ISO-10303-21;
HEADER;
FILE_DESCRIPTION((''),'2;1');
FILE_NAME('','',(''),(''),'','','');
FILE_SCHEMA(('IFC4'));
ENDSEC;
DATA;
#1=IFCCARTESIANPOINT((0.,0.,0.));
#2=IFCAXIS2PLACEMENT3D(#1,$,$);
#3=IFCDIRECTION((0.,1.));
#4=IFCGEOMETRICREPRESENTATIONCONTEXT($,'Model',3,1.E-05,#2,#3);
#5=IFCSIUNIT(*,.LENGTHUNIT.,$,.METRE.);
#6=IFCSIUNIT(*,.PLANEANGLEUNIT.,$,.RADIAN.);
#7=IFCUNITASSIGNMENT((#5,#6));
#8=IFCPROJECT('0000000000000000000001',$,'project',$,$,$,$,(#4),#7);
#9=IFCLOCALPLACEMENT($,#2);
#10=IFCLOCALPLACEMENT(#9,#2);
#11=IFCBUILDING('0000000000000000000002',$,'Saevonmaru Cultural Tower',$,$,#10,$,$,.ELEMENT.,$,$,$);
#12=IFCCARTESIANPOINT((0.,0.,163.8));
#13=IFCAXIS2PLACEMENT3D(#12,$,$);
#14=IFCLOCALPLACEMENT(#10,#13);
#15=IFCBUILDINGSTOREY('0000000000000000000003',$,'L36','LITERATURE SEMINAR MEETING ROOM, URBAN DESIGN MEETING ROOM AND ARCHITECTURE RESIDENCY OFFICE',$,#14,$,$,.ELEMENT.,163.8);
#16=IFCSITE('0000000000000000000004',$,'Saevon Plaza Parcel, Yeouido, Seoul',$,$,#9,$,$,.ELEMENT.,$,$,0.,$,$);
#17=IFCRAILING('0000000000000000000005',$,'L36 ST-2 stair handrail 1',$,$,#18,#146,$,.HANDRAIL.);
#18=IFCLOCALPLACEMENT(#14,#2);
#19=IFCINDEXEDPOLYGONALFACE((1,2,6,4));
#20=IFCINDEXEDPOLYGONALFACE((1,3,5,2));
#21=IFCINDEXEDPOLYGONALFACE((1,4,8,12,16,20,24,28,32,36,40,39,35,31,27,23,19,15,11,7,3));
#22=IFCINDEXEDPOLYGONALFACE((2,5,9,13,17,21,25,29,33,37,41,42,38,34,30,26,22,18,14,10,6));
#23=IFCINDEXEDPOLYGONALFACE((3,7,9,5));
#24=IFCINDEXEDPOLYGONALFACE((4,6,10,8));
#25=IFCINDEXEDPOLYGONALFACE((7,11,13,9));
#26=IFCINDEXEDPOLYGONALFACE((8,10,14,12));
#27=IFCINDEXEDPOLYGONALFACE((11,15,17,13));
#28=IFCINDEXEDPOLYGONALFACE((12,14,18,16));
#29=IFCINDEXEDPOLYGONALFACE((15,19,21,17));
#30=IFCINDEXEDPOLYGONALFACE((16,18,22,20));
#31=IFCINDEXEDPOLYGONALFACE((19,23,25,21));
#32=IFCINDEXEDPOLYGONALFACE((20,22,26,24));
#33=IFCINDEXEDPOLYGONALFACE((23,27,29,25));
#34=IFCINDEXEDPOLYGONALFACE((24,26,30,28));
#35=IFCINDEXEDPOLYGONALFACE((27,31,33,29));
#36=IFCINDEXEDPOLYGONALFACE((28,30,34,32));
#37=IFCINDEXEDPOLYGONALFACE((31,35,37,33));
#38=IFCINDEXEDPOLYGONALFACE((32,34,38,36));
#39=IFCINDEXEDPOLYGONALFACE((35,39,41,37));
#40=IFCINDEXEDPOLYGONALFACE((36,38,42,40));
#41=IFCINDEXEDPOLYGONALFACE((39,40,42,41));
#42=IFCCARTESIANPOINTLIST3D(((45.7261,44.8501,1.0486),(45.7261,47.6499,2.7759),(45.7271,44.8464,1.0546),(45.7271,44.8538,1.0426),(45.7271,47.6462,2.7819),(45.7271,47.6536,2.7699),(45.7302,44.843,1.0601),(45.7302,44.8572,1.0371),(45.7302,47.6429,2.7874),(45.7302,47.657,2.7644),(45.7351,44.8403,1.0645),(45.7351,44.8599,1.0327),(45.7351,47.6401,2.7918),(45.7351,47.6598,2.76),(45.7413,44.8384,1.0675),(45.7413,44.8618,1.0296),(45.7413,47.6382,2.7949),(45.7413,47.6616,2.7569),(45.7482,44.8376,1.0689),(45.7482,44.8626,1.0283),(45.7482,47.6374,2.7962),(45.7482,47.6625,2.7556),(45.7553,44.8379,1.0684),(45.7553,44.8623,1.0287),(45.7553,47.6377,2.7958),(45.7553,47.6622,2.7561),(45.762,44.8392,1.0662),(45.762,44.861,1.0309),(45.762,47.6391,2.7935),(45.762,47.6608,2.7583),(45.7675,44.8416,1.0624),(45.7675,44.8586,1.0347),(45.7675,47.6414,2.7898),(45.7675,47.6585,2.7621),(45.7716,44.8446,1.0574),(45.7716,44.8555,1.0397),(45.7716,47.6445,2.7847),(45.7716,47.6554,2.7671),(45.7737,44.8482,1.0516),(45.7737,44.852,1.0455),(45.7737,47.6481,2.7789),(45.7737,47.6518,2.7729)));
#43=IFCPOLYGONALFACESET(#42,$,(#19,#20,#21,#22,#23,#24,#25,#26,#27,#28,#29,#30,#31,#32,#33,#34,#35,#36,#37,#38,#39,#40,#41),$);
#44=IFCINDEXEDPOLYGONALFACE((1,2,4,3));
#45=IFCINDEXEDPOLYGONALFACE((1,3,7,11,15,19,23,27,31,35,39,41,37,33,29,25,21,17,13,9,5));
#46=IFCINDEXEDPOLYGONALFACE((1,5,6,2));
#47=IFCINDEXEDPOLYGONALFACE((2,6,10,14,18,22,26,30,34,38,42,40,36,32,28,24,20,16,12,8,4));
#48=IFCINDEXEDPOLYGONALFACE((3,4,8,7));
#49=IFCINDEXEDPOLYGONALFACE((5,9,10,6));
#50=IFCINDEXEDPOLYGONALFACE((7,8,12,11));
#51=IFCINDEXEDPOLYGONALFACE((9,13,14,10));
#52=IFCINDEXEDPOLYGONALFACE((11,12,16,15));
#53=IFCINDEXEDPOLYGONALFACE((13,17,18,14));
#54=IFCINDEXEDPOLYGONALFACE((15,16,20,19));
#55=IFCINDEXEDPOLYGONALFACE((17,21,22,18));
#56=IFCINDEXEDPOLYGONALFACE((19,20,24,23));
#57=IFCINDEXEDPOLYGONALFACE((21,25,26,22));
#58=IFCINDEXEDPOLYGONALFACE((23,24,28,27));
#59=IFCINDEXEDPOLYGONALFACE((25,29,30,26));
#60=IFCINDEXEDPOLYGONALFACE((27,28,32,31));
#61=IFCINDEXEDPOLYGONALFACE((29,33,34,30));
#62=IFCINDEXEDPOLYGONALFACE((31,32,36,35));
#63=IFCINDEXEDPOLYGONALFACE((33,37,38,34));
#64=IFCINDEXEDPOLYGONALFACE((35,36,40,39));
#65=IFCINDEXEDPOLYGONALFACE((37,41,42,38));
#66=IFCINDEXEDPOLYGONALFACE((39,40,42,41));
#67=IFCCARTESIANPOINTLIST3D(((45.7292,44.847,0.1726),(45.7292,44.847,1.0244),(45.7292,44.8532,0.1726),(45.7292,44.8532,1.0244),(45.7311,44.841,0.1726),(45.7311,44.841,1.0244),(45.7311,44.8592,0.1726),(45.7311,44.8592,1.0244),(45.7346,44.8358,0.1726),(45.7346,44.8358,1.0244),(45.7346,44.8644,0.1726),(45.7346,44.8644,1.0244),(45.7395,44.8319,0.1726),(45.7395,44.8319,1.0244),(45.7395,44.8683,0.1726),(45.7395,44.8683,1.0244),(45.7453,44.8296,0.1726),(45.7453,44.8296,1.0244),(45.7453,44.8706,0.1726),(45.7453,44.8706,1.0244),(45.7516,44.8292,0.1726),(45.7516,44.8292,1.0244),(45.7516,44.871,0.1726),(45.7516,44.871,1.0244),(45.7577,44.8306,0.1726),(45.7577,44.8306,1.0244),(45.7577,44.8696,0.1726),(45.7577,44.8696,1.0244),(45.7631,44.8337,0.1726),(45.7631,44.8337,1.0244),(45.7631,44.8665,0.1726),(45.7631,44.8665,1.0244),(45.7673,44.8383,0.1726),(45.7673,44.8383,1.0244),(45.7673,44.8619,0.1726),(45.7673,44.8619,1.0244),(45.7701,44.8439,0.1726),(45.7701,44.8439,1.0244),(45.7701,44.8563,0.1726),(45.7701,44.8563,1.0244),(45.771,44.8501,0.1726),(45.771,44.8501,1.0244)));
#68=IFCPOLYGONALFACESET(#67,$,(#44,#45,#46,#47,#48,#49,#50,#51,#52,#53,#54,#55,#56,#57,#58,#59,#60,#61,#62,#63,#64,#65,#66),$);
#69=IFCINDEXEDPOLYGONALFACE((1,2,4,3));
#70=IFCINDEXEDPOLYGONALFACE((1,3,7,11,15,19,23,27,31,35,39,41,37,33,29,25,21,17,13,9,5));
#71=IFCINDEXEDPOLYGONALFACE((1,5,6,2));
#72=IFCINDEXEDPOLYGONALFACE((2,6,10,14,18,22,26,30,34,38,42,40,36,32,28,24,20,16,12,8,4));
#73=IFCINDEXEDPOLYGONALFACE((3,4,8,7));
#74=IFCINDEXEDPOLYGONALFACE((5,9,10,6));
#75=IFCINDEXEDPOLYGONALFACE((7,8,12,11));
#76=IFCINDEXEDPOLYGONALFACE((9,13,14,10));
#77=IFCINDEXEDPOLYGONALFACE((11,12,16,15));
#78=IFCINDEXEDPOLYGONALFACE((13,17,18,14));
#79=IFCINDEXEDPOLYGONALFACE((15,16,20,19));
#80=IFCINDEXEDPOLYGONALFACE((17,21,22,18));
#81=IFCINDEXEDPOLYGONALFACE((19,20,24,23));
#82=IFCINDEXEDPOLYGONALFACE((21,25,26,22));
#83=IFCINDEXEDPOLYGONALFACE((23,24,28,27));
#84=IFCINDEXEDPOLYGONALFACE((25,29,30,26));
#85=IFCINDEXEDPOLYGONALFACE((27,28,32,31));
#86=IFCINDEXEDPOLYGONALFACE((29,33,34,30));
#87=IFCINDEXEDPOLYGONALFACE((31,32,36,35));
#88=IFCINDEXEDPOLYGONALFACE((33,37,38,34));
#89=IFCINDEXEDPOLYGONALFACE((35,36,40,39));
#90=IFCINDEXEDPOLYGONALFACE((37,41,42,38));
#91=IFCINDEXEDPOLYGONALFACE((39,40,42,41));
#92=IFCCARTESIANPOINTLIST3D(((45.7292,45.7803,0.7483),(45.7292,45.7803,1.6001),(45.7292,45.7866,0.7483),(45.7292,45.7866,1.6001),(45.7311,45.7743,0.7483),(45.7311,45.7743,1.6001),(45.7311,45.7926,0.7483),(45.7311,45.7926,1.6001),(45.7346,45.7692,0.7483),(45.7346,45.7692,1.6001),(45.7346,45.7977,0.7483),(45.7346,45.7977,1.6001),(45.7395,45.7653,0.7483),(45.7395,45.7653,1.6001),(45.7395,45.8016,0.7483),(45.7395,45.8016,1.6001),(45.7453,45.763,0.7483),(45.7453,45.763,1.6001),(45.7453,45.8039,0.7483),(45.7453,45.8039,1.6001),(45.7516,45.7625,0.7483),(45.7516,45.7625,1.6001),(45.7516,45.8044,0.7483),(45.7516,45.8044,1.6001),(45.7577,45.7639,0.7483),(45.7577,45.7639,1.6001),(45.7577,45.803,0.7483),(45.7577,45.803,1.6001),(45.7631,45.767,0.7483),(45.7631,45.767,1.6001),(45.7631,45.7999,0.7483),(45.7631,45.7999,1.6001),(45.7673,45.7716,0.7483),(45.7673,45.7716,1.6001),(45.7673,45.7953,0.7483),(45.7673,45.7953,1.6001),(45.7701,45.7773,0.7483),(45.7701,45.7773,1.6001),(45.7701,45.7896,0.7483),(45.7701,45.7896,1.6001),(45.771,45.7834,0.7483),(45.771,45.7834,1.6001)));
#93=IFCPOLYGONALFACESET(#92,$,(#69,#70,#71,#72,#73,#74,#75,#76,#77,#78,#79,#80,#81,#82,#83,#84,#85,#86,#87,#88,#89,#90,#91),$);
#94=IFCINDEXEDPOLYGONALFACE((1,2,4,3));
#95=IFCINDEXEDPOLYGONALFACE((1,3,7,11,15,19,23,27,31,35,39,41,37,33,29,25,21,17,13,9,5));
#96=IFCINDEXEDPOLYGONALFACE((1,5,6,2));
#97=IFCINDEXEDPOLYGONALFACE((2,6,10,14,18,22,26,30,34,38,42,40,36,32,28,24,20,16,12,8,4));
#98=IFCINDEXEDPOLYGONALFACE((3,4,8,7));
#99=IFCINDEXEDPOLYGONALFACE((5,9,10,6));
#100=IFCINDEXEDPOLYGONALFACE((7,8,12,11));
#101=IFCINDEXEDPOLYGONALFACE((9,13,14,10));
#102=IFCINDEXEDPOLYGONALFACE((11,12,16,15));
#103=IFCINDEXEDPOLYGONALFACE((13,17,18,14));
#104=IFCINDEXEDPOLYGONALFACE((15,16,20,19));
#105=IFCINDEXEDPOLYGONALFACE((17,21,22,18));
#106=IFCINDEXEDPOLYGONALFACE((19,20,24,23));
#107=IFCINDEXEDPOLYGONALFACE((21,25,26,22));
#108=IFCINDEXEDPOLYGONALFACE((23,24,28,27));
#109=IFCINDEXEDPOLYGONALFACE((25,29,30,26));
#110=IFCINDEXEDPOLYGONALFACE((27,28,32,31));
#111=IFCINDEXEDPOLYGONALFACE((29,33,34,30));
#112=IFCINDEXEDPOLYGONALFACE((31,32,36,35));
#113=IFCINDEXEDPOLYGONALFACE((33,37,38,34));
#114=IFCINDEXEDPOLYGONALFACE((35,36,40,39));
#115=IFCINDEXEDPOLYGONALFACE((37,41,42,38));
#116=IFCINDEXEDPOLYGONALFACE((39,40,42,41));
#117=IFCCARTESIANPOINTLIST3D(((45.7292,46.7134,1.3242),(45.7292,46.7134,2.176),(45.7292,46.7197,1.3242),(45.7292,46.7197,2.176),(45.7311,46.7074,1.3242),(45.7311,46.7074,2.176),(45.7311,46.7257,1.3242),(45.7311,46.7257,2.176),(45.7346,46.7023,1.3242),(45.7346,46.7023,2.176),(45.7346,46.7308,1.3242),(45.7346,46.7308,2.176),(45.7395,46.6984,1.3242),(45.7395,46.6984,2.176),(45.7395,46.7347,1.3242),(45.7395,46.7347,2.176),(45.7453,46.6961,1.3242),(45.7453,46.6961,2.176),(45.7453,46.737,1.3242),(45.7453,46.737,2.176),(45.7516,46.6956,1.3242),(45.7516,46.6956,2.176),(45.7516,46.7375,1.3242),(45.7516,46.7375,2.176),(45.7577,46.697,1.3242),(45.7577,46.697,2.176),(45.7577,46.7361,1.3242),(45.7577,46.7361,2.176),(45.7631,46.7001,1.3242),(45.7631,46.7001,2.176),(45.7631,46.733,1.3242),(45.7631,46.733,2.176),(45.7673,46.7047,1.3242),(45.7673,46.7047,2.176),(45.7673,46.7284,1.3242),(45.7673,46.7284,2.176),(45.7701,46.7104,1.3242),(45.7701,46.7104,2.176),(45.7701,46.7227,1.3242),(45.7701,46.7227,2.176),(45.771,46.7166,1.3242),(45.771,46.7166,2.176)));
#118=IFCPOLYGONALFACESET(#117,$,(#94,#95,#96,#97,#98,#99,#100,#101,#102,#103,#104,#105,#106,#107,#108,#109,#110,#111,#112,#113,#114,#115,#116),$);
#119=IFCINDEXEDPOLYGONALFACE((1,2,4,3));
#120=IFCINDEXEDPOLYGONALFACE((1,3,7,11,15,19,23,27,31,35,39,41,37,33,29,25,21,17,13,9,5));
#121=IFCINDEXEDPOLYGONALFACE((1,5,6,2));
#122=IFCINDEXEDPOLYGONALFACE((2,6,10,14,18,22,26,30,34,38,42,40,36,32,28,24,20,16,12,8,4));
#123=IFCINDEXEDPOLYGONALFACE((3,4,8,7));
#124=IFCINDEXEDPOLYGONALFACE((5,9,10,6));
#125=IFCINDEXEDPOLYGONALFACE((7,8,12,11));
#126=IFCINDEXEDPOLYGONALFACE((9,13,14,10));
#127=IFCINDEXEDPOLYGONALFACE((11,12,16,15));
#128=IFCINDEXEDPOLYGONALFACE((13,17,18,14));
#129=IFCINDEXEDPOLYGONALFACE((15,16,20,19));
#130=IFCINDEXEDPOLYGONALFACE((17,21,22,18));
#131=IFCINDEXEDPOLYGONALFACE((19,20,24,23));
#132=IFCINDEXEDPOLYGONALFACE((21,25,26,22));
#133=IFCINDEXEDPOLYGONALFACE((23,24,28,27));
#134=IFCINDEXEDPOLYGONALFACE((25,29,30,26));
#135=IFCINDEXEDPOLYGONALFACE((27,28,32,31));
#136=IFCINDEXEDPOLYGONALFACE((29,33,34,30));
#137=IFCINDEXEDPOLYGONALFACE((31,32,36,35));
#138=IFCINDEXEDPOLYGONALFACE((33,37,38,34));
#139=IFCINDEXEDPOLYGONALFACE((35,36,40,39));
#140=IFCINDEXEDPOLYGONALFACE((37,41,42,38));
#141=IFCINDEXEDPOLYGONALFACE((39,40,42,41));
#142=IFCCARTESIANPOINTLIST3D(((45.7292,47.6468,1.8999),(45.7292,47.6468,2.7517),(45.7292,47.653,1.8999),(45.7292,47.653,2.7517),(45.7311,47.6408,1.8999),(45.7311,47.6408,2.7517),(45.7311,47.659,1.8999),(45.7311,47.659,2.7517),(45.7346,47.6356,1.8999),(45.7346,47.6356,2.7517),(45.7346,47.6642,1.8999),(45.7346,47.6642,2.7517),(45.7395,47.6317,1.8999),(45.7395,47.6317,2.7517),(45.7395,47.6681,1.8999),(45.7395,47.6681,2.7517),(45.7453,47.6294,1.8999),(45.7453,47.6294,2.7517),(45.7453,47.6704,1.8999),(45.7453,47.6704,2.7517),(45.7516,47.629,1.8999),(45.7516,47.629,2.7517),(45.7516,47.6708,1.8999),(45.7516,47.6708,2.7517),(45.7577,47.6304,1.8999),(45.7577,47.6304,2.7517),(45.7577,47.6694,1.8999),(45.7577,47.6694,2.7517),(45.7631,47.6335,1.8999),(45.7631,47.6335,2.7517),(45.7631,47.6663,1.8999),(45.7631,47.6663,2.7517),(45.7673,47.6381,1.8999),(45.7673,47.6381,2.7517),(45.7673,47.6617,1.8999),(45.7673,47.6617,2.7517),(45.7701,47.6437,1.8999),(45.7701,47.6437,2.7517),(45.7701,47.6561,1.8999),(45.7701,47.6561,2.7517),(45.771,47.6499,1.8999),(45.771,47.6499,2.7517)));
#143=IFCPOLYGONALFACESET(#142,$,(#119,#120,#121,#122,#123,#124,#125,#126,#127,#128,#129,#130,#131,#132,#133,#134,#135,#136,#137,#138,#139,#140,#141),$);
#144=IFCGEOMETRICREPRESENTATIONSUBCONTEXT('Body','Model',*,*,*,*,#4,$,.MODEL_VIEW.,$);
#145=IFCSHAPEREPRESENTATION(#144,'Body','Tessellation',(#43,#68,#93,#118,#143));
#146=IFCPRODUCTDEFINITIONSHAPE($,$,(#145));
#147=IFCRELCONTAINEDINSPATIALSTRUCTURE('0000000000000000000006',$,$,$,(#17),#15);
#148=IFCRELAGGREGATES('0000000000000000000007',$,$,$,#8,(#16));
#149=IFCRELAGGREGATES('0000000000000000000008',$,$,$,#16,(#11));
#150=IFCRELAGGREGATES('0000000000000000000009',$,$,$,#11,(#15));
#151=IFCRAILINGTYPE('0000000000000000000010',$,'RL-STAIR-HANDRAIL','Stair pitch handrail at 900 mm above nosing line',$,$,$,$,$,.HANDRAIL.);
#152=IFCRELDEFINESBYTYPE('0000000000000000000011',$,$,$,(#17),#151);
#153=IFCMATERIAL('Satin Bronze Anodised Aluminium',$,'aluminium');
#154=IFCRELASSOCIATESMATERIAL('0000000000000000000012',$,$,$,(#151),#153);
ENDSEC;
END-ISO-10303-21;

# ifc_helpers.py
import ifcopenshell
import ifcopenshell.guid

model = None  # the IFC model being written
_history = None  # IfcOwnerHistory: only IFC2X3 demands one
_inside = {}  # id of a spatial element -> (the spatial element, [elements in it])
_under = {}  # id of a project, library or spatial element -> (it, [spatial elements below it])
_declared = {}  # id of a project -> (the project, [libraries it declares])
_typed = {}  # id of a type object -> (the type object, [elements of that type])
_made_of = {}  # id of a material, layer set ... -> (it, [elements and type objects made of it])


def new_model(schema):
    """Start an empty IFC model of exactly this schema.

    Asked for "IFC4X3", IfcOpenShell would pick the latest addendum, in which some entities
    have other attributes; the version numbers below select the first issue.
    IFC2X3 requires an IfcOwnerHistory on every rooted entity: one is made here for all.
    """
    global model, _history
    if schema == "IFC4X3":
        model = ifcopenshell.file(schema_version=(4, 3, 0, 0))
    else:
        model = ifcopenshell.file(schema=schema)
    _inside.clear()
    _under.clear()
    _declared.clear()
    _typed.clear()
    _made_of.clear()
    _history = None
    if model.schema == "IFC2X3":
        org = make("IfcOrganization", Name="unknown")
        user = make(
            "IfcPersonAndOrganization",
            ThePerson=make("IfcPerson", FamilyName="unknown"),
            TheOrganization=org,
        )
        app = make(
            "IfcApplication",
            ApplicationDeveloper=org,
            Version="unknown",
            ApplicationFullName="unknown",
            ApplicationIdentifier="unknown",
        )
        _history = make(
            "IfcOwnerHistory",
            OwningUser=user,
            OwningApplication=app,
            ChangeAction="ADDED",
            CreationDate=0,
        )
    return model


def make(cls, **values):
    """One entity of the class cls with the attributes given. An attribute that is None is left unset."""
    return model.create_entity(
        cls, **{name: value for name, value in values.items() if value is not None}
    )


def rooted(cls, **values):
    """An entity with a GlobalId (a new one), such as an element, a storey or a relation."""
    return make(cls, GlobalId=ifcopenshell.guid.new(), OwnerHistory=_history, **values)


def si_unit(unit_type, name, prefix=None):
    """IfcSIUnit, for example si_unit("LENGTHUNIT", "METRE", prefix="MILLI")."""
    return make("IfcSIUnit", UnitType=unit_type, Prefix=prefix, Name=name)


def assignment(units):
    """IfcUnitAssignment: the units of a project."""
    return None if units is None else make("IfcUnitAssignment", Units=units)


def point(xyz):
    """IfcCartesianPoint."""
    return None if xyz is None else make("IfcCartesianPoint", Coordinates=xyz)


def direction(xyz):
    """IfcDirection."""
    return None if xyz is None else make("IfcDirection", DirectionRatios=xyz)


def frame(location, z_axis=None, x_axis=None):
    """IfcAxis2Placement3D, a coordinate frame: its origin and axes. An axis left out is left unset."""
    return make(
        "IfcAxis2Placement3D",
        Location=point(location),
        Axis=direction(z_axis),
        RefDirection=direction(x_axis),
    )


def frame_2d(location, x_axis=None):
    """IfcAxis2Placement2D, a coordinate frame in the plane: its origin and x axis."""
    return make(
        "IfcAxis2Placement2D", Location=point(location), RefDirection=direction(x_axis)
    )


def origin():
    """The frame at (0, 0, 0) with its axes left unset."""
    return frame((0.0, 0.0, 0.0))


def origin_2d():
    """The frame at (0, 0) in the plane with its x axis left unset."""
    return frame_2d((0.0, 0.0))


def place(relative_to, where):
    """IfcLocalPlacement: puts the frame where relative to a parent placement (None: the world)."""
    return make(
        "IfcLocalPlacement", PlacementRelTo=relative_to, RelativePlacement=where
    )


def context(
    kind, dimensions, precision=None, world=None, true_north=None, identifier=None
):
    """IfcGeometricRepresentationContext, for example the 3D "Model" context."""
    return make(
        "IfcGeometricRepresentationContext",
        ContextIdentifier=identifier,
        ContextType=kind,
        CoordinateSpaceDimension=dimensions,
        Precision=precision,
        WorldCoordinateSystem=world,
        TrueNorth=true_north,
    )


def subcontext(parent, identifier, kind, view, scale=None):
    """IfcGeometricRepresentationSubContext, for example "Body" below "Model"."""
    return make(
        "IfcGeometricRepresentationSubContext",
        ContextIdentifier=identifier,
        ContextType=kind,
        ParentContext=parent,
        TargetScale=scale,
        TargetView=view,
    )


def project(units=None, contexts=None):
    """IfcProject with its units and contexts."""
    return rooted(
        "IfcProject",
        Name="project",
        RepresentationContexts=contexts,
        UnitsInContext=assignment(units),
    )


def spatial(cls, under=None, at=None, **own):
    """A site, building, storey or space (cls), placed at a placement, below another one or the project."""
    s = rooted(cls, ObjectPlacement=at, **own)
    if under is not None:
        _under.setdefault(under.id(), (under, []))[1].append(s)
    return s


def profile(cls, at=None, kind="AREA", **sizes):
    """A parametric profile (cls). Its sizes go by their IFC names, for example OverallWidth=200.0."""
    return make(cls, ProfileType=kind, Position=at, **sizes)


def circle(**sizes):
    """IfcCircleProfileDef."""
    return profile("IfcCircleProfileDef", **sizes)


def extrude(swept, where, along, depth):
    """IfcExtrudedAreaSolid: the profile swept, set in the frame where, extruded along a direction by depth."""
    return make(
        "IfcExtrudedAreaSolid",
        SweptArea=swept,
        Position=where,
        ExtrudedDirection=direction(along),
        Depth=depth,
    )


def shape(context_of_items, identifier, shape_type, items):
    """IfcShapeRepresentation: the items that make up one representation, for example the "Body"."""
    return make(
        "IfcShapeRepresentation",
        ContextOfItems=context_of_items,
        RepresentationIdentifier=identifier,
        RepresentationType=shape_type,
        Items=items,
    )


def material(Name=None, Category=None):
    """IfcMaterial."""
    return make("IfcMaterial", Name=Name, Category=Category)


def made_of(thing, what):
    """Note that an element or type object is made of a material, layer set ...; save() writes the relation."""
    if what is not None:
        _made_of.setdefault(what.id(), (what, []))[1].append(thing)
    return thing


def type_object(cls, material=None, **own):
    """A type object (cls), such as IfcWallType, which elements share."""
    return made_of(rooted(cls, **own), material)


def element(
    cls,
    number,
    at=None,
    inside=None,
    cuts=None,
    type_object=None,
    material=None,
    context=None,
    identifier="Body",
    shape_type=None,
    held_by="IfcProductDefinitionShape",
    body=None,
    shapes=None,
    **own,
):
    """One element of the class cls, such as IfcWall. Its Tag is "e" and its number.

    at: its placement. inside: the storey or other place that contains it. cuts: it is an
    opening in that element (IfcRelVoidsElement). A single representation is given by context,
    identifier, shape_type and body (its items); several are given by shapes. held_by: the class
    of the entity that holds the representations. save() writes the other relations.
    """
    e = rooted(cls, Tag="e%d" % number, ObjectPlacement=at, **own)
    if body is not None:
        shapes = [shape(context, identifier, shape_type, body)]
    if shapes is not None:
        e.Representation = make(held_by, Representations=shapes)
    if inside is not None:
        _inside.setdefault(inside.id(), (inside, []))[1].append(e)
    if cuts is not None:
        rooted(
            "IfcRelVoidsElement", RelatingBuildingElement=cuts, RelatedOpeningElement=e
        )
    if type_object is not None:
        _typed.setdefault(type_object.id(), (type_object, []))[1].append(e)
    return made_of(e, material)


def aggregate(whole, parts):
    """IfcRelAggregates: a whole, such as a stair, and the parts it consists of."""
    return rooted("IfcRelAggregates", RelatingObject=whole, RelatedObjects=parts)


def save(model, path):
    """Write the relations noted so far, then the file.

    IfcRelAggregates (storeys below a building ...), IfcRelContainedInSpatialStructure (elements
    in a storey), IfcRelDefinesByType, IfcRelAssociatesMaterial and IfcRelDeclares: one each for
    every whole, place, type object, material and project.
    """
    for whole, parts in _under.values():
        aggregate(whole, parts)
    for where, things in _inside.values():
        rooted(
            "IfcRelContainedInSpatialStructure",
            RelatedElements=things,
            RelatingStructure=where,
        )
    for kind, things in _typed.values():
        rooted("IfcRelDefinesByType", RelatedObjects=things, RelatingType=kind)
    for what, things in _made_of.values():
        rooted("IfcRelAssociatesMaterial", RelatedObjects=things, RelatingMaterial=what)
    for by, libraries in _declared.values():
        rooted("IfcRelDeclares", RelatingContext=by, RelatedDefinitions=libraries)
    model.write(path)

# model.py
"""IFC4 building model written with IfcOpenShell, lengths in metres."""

from ifc_helpers import new_model, si_unit, direction, frame, origin, origin_2d, place, context, subcontext, project, spatial, circle, extrude, material, type_object, element, save


model = new_model("IFC4")

# Units and contexts
model_context = context("Model", 3, precision=1e-05, world=origin(), true_north=direction((0.0, 1.0)))
body_context = subcontext(model_context, "Body", "Model", "MODEL_VIEW")
ifc_project = project(units=[si_unit("LENGTHUNIT", "METRE"), si_unit("PLANEANGLEUNIT", "RADIAN")], contexts=[model_context])

# Site, building, storey
site_placement = place(None, origin())
site = spatial("IfcSite", under=ifc_project, at=site_placement, Name="Saevon Plaza Parcel, Yeouido, Seoul", CompositionType="ELEMENT", RefElevation=0.0)
building_placement = place(site_placement, origin())
building = spatial("IfcBuilding", under=site, at=building_placement, Name="Saevonmaru Cultural Tower", CompositionType="ELEMENT")
storey_placement = place(building_placement, frame((0.0, 0.0, 163.8)))
storey = spatial("IfcBuildingStorey", under=building, at=storey_placement, Name="L36", Description="LITERATURE SEMINAR MEETING ROOM, URBAN DESIGN MEETING ROOM AND ARCHITECTURE RESIDENCY OFFICE", CompositionType="ELEMENT", Elevation=163.8)

# Shared definitions
ifc_material_1 = material(Name="Satin Bronze Anodised Aluminium", Category="aluminium")

# Railing
railing_type_1 = type_object("IfcRailingType", Name="RL-STAIR-HANDRAIL", Description="Stair pitch handrail at 900 mm above nosing line", PredefinedType="HANDRAIL", material=ifc_material_1)
railing_1_placement = place(storey_placement, frame((45.75, 44.8501, 0.1726)))
element("IfcRailing", 1, at=railing_1_placement, inside=storey, type_object=railing_type_1, Name="L36 ST-2 stair handrail 1", PredefinedType="HANDRAIL", context=body_context, shape_type="SweptSolid", body=[
    extrude(circle(Radius=0.0239, at=origin_2d()), frame((0.0, 0.0, 0.876), z_axis=(0.0, 0.851069, 0.525054), x_axis=(-1.0, 0.0, 0.0)), (0.0, 0.0, 1.0), 3.2898),
    extrude(circle(Radius=0.021, at=origin_2d()), origin(), (0.0, 0.0, 1.0), 0.8518),
    extrude(circle(Radius=0.021, at=origin_2d()), frame((0.0, 0.9333, 0.5757)), (0.0, 0.0, 1.0), 0.8518),
    extrude(circle(Radius=0.021, at=origin_2d()), frame((0.0, 1.8665, 1.1516)), (0.0, 0.0, 1.0), 0.8518),
    extrude(circle(Radius=0.021, at=origin_2d()), frame((0.0, 2.7998, 1.7273)), (0.0, 0.0, 1.0), 0.8518),
])

save(model, "model.ifc")
